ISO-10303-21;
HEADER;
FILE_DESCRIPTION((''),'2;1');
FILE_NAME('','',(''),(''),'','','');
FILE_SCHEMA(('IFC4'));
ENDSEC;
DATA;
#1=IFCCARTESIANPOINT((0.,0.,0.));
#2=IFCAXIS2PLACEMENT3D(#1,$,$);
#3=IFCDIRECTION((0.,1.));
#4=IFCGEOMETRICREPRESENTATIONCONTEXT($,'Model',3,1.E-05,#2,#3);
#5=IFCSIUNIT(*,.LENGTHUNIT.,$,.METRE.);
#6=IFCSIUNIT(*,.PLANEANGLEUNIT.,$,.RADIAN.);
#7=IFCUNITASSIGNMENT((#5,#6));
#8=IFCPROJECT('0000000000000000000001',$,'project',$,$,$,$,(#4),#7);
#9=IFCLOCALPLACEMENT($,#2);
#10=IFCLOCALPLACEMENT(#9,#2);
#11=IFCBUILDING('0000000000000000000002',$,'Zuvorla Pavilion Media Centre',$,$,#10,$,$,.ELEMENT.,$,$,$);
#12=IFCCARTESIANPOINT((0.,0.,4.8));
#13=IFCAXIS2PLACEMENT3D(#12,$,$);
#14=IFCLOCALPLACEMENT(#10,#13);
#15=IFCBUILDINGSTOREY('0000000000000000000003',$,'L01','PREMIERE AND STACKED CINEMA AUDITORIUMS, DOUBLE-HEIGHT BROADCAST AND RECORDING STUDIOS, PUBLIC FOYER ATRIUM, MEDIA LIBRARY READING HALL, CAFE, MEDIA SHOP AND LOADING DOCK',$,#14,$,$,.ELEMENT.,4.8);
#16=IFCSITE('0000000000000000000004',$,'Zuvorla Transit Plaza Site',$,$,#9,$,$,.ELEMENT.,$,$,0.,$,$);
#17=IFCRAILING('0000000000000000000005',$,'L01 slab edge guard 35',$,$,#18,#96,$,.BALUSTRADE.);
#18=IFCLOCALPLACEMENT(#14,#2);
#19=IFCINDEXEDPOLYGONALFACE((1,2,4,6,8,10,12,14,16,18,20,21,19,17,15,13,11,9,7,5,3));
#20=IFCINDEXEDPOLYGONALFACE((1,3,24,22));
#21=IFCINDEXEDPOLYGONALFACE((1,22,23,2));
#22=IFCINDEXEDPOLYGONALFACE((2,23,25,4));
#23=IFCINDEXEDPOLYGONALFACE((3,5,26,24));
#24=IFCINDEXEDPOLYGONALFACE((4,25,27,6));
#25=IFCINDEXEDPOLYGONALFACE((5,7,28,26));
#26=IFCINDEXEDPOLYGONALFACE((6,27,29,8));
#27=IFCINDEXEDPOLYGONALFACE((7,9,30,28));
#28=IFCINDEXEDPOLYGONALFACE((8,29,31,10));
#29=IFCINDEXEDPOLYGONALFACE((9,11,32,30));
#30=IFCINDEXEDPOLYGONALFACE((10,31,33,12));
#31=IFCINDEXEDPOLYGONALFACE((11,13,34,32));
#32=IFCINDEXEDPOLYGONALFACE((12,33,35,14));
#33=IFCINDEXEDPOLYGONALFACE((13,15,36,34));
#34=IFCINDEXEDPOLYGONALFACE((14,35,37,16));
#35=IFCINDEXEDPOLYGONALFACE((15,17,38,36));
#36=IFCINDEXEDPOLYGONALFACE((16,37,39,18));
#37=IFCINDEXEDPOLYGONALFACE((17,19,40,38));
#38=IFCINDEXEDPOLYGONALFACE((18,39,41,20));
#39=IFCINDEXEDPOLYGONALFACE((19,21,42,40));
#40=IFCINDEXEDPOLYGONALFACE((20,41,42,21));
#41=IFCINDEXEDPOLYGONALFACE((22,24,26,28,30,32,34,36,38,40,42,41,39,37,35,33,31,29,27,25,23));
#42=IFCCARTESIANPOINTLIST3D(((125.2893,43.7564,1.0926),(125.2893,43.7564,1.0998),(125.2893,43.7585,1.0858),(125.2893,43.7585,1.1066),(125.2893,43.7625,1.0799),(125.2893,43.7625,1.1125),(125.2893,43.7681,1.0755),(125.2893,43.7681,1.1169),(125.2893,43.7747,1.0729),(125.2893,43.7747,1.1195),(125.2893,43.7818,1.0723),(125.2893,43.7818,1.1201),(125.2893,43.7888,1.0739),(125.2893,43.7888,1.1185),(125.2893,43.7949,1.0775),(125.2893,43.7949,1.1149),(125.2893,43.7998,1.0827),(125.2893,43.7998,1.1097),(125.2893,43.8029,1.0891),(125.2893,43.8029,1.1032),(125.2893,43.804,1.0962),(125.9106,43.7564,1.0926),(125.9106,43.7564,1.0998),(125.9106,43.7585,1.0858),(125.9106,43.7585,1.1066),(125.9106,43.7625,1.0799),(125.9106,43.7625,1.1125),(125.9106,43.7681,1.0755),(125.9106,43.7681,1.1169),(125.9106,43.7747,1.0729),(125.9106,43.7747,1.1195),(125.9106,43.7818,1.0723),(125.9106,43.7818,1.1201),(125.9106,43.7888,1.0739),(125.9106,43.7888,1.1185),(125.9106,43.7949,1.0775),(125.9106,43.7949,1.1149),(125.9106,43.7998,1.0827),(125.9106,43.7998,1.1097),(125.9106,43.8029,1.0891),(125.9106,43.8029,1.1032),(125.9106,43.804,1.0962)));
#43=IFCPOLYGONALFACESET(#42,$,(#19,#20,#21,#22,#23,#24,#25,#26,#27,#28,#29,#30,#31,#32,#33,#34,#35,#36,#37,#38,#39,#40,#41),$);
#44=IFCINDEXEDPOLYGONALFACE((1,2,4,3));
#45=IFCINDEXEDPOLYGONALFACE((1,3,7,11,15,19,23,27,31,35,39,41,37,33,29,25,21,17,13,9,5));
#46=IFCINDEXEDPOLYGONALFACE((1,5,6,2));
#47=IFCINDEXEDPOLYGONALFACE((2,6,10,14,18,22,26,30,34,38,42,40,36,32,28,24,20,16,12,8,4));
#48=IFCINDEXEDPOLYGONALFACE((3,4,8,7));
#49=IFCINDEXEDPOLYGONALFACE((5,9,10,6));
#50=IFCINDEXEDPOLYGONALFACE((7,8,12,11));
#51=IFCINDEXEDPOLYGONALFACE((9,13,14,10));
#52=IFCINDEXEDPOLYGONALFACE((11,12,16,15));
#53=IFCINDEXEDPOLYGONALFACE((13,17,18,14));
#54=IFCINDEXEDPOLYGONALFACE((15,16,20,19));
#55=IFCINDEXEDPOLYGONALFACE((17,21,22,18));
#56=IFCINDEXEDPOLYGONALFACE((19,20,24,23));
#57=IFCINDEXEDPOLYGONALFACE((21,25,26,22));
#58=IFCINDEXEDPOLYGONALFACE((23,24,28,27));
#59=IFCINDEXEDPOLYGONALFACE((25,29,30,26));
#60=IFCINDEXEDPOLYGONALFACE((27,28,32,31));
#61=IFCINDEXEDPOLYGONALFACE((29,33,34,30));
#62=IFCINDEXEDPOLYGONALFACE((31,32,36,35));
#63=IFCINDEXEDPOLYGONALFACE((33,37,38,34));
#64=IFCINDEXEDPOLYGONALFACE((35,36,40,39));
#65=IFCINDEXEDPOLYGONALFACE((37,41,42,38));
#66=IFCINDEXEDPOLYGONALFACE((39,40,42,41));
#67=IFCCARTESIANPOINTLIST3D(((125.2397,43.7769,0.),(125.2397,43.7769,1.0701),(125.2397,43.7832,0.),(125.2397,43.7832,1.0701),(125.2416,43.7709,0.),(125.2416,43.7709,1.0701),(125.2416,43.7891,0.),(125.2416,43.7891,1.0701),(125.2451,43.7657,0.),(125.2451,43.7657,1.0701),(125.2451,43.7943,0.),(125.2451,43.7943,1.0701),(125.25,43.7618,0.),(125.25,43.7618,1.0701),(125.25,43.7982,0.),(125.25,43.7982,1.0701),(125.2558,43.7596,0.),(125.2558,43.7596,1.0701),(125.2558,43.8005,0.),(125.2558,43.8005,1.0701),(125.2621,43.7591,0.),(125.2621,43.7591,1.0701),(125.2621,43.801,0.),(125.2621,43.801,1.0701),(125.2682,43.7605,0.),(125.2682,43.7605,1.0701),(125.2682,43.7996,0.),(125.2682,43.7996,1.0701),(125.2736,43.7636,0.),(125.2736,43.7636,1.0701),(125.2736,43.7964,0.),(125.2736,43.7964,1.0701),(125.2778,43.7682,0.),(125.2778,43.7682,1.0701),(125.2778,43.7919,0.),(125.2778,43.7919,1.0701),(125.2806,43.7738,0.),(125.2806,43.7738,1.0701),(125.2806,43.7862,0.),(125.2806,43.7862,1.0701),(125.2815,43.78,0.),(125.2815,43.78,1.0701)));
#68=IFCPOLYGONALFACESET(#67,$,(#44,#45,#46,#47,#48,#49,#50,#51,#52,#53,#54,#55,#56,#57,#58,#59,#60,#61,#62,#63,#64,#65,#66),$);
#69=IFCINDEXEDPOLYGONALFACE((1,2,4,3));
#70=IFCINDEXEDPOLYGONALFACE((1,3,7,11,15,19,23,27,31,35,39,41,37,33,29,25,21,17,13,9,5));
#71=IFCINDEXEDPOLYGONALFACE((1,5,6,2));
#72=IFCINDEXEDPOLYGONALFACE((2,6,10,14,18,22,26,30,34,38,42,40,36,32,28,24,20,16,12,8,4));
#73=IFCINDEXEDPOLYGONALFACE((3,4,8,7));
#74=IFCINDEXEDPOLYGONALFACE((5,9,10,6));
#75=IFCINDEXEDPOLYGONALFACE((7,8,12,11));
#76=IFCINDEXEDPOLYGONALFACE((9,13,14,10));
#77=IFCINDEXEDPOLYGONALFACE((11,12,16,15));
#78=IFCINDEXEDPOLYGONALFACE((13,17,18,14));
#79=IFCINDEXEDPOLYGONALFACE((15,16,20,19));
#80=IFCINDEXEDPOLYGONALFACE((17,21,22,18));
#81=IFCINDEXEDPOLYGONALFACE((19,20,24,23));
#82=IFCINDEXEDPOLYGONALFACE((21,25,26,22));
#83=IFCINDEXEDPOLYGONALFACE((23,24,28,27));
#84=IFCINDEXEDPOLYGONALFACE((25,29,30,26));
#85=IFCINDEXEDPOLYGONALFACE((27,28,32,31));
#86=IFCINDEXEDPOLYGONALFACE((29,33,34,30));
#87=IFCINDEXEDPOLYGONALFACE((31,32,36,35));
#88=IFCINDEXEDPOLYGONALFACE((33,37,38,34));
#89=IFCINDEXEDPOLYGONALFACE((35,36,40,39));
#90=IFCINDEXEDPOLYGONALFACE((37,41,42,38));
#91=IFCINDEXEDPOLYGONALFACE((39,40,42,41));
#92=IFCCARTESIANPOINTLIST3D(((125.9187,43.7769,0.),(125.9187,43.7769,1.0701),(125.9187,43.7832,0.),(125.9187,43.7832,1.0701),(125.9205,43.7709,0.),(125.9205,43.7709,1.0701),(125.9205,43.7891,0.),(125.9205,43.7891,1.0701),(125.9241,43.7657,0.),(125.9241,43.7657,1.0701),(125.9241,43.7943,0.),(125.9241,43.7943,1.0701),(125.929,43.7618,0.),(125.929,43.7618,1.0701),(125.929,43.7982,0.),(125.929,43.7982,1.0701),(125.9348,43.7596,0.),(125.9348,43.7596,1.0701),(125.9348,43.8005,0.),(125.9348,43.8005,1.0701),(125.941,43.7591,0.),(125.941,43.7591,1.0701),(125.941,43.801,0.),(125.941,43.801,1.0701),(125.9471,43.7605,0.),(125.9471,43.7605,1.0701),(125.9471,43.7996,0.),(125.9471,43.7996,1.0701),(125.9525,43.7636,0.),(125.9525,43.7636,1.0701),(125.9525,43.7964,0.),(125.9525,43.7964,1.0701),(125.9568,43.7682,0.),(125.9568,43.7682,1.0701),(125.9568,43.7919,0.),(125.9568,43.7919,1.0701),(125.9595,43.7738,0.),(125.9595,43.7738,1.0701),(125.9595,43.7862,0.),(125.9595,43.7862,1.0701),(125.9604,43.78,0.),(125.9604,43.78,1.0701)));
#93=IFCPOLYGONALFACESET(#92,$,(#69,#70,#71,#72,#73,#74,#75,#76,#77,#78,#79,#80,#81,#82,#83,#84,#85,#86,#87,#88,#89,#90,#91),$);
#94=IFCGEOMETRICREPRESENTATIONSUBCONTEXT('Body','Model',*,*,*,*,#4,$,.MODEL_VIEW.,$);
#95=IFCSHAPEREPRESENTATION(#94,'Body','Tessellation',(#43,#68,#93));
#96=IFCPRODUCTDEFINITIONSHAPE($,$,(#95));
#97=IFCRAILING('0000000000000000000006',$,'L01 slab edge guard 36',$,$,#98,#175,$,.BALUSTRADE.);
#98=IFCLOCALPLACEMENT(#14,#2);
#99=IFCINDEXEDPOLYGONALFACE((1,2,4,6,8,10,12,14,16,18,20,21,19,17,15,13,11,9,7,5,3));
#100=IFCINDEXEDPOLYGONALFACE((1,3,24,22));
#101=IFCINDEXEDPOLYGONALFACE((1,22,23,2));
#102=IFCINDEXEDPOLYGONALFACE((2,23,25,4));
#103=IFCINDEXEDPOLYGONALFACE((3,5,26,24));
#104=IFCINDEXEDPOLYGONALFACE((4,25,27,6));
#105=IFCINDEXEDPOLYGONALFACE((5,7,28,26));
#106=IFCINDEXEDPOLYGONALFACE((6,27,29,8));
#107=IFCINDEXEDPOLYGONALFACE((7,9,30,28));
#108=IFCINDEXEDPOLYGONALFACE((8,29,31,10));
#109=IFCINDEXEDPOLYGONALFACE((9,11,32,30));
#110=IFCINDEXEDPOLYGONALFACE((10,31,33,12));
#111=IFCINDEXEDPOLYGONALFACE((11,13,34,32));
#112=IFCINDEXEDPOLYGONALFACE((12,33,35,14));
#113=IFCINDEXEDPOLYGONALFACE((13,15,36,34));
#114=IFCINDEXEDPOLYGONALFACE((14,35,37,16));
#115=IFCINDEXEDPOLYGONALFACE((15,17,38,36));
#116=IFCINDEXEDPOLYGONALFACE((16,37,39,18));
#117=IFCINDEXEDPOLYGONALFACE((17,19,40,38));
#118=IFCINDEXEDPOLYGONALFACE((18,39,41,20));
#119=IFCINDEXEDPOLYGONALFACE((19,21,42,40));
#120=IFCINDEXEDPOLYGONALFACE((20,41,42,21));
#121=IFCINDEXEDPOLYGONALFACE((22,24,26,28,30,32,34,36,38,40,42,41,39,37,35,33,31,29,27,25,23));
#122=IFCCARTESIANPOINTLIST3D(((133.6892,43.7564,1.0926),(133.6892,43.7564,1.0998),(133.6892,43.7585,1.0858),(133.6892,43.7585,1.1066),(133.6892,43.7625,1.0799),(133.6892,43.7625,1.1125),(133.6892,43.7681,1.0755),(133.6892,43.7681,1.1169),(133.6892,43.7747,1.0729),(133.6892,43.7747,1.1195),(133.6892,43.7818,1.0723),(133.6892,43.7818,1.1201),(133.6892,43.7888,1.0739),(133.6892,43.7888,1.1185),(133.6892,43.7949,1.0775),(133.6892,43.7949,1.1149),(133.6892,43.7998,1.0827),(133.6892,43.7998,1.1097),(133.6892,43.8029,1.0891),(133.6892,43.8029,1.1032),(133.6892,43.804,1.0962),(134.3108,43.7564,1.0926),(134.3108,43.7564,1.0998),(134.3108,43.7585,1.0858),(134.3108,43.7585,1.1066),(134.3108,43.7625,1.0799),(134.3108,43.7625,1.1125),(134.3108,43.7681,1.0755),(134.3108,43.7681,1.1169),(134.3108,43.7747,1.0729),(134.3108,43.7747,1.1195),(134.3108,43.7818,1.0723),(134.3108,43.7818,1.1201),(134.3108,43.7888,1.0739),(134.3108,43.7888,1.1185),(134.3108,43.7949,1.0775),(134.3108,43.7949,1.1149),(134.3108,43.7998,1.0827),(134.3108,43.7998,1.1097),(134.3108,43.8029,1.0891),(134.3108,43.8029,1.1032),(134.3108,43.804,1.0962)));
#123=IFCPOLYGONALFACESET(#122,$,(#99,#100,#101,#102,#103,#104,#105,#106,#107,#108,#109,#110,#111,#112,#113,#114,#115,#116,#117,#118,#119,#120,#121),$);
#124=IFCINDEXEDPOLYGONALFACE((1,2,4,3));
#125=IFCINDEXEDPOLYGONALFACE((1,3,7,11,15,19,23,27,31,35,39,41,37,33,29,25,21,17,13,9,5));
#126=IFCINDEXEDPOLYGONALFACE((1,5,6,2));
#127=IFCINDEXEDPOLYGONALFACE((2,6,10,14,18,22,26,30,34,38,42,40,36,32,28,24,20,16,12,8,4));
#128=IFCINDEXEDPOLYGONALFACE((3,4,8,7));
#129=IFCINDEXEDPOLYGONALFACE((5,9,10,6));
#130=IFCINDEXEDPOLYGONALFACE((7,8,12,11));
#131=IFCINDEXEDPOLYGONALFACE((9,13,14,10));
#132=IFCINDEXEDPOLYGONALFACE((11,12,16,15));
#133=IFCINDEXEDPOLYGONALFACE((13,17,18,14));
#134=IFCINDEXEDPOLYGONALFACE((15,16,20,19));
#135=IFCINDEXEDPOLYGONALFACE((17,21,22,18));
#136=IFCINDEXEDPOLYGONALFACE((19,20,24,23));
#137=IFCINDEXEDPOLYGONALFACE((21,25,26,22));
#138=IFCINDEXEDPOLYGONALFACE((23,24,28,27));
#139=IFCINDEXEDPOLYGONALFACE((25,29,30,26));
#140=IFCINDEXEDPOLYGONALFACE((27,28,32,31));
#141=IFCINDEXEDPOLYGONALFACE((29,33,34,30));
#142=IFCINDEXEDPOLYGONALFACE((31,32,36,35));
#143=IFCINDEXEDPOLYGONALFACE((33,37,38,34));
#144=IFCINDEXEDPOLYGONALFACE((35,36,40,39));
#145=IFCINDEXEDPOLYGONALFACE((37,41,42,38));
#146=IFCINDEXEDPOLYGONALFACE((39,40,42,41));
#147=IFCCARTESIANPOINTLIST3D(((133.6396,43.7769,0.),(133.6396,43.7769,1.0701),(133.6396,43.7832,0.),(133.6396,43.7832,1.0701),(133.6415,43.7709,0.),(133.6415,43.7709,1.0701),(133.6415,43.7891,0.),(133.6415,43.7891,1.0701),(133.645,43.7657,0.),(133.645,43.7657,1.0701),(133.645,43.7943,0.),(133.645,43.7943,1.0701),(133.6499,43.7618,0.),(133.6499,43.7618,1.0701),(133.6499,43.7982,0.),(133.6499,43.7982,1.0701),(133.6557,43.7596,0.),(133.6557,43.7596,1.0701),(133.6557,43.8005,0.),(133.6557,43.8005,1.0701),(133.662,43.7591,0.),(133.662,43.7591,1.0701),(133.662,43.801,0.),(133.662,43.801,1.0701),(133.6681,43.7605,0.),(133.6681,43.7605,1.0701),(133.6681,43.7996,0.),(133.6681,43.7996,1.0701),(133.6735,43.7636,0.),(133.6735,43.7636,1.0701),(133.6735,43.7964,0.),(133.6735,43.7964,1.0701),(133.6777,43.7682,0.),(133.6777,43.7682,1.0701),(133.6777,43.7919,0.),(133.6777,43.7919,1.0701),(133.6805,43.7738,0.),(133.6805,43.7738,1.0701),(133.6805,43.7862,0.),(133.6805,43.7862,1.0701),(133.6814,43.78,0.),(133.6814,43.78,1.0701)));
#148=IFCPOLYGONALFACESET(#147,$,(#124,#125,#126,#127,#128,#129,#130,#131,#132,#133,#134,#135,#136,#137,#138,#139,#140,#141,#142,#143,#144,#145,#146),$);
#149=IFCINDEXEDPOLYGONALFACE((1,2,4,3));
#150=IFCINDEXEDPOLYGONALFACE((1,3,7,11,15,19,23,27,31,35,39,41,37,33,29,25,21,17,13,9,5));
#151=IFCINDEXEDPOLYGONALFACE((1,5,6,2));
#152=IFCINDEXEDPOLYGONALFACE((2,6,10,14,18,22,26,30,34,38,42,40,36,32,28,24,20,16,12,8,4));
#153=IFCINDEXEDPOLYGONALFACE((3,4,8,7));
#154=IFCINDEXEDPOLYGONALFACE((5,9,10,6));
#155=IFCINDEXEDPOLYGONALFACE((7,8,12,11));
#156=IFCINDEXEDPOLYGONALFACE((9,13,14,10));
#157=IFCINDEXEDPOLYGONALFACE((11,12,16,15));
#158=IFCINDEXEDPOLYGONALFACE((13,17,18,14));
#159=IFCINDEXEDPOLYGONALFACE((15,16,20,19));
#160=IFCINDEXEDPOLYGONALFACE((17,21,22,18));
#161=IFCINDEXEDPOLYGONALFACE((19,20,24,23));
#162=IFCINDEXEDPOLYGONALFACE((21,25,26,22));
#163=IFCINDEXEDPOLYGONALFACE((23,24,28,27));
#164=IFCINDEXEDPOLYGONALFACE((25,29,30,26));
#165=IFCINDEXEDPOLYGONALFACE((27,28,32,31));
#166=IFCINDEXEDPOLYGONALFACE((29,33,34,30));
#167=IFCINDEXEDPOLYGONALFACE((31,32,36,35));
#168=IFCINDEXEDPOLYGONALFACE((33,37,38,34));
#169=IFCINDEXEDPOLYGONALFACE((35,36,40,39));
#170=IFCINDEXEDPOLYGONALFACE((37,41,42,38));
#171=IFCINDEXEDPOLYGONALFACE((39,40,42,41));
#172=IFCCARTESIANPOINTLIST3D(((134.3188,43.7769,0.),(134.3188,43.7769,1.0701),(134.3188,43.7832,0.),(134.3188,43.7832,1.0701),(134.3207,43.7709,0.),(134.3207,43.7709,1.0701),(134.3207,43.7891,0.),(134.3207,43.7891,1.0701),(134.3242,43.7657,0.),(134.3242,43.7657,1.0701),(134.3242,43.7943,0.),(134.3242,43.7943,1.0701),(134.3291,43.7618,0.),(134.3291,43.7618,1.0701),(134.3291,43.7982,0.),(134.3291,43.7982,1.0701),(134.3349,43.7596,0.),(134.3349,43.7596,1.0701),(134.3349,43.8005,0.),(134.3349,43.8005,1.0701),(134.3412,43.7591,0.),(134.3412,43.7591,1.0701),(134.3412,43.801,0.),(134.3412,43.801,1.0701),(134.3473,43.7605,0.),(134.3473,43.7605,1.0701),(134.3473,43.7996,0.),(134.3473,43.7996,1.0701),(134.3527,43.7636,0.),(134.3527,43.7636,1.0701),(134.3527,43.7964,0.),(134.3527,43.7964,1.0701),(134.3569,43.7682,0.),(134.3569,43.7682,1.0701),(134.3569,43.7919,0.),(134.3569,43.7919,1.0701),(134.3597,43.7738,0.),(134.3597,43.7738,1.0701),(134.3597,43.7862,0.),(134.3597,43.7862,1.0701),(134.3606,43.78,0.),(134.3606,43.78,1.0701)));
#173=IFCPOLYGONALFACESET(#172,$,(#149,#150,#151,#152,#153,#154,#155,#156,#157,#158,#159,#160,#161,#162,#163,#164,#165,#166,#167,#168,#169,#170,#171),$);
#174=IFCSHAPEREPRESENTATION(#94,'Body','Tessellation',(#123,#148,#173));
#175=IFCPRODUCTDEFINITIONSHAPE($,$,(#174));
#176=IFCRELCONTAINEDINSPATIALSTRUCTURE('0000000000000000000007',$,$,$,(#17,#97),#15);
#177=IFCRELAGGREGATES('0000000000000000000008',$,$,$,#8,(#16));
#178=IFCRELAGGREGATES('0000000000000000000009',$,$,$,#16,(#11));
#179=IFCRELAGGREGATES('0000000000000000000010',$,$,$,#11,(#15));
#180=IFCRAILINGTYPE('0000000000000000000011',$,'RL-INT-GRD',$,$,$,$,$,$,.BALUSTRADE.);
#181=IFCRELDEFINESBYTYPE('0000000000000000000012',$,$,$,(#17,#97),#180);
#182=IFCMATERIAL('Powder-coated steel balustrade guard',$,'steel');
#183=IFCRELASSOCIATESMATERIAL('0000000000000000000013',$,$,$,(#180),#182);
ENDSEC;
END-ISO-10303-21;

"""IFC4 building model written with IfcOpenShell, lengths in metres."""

from ifc_helpers import new_model, si_unit, direction, frame, origin, origin_2d, place, context, subcontext, project, spatial, circle, extrude, material, type_object, element, save


model = new_model("IFC4")

# Units and contexts
model_context = context("Model", 3, precision=1e-05, world=origin(), true_north=direction((0.0, 1.0)))
body_context = subcontext(model_context, "Body", "Model", "MODEL_VIEW")
ifc_project = project(units=[si_unit("LENGTHUNIT", "METRE"), si_unit("PLANEANGLEUNIT", "RADIAN")], contexts=[model_context])

# Site, building, storey
site_placement = place(None, origin())
site = spatial("IfcSite", under=ifc_project, at=site_placement, Name="Zuvorla Transit Plaza Site", CompositionType="ELEMENT", RefElevation=0.0)
building_placement = place(site_placement, origin())
building = spatial("IfcBuilding", under=site, at=building_placement, Name="Zuvorla Pavilion Media Centre", CompositionType="ELEMENT")
storey_placement = place(building_placement, frame((0.0, 0.0, 4.8)))
storey = spatial("IfcBuildingStorey", under=building, at=storey_placement, Name="L01", Description="PREMIERE AND STACKED CINEMA AUDITORIUMS, DOUBLE-HEIGHT BROADCAST AND RECORDING STUDIOS, PUBLIC FOYER ATRIUM, MEDIA LIBRARY READING HALL, CAFE, MEDIA SHOP AND LOADING DOCK", CompositionType="ELEMENT", Elevation=4.8)

# Railings
ifc_material_1 = material(Name="Powder-coated steel balustrade guard", Category="steel")
railing_type = type_object("IfcRailingType", Name="RL-INT-GRD", PredefinedType="BALUSTRADE", material=ifc_material_1)
railing_1_placement = place(storey_placement, frame((125.2605, 43.78, 0.0)))
element("IfcRailing", 1, at=railing_1_placement, inside=storey, type_object=railing_type, Name="L01 slab edge guard 35", PredefinedType="BALUSTRADE", context=body_context, shape_type="SweptSolid", body=[
    extrude(circle(Radius=0.0239, at=origin_2d()), frame((0.0288, 0.0, 1.0962), z_axis=(1.0, 0.0, 0.0), x_axis=(0.0, 1.0, 0.0)), (0.0, 0.0, 1.0), 0.6213),
    extrude(circle(Radius=0.021, at=origin_2d()), origin(), (0.0, 0.0, 1.0), 1.0701),
    extrude(circle(Radius=0.021, at=origin_2d()), frame((0.679, 0.0, 0.0)), (0.0, 0.0, 1.0), 1.0701),
])
railing_2_placement = place(storey_placement, frame((133.6604, 43.78, 0.0)))
element("IfcRailing", 2, at=railing_2_placement, inside=storey, type_object=railing_type, Name="L01 slab edge guard 36", PredefinedType="BALUSTRADE", context=body_context, shape_type="SweptSolid", body=[
    extrude(circle(Radius=0.0239, at=origin_2d()), frame((0.0288, 0.0, 1.0962), z_axis=(1.0, 0.0, 0.0), x_axis=(0.0, 1.0, 0.0)), (0.0, 0.0, 1.0), 0.6216),
    extrude(circle(Radius=0.021, at=origin_2d()), origin(), (0.0, 0.0, 1.0), 1.0701),
    extrude(circle(Radius=0.021, at=origin_2d()), frame((0.6792, 0.0, 0.0)), (0.0, 0.0, 1.0), 1.0701),
])

save(model, "model.ifc")
